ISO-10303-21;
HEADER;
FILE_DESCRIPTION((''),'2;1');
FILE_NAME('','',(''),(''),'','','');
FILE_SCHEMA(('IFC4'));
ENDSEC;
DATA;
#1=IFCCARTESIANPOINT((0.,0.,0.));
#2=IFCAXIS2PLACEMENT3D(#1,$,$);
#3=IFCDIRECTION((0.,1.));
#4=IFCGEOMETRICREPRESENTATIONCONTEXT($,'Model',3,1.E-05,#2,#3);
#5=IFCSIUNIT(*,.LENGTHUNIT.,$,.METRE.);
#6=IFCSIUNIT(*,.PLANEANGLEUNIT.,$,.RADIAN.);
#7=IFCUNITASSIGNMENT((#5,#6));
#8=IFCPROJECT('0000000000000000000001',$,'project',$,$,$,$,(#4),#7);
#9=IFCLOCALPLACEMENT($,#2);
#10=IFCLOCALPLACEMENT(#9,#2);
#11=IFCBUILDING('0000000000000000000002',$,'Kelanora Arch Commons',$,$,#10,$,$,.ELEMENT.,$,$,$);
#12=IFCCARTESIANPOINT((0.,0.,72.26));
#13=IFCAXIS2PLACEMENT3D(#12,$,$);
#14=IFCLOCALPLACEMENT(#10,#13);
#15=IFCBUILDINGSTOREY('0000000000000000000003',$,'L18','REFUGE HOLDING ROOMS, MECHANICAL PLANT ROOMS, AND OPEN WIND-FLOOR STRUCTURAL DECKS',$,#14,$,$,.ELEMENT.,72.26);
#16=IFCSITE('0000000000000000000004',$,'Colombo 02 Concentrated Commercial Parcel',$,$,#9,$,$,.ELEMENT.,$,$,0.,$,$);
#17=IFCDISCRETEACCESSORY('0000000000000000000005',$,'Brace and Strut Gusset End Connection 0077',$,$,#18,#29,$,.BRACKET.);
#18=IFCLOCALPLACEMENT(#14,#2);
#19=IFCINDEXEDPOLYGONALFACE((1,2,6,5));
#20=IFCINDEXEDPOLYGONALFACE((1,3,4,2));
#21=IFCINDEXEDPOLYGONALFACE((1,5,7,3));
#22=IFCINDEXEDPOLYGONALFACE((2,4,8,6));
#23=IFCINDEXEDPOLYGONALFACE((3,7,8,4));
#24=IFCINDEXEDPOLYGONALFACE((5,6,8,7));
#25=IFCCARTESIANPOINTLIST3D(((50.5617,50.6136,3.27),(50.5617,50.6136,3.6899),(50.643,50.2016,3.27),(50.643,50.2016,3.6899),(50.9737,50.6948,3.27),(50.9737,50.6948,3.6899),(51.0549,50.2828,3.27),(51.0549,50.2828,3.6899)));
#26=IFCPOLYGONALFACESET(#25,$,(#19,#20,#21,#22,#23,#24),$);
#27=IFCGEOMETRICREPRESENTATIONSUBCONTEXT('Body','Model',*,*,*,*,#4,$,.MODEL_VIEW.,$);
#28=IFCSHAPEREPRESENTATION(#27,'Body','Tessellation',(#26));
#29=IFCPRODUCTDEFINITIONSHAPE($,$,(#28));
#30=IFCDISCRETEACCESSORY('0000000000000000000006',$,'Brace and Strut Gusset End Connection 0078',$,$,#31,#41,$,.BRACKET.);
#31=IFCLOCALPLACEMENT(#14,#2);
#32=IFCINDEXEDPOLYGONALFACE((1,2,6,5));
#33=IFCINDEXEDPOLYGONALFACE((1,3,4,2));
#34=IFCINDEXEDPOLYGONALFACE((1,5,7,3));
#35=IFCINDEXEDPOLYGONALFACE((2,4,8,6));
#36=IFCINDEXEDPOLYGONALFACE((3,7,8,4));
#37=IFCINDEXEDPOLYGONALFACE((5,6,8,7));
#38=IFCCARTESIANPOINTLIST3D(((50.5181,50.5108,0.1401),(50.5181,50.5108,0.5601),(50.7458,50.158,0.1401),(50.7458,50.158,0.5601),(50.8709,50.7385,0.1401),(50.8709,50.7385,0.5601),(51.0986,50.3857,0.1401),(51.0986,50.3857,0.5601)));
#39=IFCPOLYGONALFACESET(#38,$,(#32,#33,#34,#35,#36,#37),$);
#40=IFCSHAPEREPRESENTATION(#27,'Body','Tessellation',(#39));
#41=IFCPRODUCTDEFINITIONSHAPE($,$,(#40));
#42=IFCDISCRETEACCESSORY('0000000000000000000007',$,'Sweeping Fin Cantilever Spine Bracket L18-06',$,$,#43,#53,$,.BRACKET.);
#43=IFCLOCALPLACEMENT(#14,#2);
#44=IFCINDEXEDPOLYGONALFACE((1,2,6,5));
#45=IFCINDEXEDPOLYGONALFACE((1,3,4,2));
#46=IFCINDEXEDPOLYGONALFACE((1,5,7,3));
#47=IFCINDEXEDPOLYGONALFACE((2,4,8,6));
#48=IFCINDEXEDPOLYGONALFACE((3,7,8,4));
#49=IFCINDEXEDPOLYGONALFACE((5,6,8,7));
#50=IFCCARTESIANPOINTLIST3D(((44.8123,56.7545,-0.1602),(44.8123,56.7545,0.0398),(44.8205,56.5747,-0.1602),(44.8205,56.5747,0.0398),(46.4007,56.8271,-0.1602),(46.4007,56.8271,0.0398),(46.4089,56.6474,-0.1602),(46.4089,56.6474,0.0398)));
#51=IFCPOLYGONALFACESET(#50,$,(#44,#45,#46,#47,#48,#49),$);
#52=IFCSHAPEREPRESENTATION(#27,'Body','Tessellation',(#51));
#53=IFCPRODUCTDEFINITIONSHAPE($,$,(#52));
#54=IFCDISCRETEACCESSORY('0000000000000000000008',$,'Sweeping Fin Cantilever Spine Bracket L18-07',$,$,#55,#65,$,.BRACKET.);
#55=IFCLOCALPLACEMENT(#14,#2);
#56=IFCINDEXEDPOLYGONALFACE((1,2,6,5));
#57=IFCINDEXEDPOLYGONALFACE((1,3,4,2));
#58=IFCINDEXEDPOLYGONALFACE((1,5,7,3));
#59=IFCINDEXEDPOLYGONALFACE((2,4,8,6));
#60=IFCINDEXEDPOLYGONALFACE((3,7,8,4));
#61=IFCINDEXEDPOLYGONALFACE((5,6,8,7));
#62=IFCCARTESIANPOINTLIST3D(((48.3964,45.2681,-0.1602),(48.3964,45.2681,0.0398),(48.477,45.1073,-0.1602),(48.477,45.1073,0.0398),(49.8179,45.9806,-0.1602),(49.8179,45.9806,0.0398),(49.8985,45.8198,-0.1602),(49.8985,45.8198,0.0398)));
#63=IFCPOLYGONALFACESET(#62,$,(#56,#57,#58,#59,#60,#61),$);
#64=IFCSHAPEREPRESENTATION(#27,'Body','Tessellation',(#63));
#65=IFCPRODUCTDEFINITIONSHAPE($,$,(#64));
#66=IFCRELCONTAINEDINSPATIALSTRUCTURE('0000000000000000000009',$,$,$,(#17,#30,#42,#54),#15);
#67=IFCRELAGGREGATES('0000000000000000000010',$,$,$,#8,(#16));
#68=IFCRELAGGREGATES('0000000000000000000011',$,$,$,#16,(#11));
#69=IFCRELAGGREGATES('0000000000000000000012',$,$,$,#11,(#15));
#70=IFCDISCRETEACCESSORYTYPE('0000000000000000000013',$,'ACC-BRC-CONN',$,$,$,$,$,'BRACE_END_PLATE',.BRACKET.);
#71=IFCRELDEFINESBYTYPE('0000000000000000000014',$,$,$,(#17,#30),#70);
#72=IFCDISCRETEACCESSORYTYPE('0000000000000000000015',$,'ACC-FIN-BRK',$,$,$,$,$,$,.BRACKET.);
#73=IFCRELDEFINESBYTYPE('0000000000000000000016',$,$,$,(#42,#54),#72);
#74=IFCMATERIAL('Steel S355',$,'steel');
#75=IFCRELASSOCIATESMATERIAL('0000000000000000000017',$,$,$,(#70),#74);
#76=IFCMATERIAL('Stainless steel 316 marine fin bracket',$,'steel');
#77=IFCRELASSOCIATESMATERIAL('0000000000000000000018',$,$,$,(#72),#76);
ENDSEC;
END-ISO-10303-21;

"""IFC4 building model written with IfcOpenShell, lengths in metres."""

from ifc_helpers import new_model, si_unit, direction, frame, origin, origin_2d, place, context, subcontext, project, spatial, rectangle, extrude, source, transform, mapped, material, type_object, element, save


model = new_model("IFC4")

# Units and contexts
model_context = context("Model", 3, precision=1e-05, world=origin(), true_north=direction((0.0, 1.0)))
body_context = subcontext(model_context, "Body", "Model", "MODEL_VIEW")
ifc_project = project(units=[si_unit("LENGTHUNIT", "METRE"), si_unit("PLANEANGLEUNIT", "RADIAN")], contexts=[model_context])

# Site, building, storey
site_placement = place(None, origin())
site = spatial("IfcSite", under=ifc_project, at=site_placement, Name="Colombo 02 Concentrated Commercial Parcel", CompositionType="ELEMENT", RefElevation=0.0)
building_placement = place(site_placement, origin())
building = spatial("IfcBuilding", under=site, at=building_placement, Name="Kelanora Arch Commons", CompositionType="ELEMENT")
storey_placement = place(building_placement, frame((0.0, 0.0, 72.26)))
storey = spatial("IfcBuildingStorey", under=building, at=storey_placement, Name="L18", Description="REFUGE HOLDING ROOMS, MECHANICAL PLANT ROOMS, AND OPEN WIND-FLOOR STRUCTURAL DECKS", CompositionType="ELEMENT", Elevation=72.26)

# Shared definitions
ifc_material_1 = material(Name="Steel S355", Category="steel")

# Discrete accessories
discrete_accessory_type_1 = type_object("IfcDiscreteAccessoryType", Name="ACC-BRC-CONN", ElementType="BRACE_END_PLATE", PredefinedType="BRACKET", material=ifc_material_1)
shared_shape_1 = source(origin(), body_context, "Body", "SweptSolid", [
    extrude(rectangle(XDim=0.4199, YDim=0.4199, at=origin_2d()), origin(), (0.0, 0.0, 1.0), 0.4199),
])
for number, where, z_axis, x_axis, name in (
    (1, (50.8083, 50.4482, 3.27), (0.0, 0.0, 1.0), (0.193378, -0.981124, 0.0), "Brace and Strut Gusset End Connection 0077"),
    (2, (50.8083, 50.4482, 0.1401), (0.0, 0.0, 1.0), (0.542295, -0.840188, 0.0), "Brace and Strut Gusset End Connection 0078"),
):
    element("IfcDiscreteAccessory", number, at=place(storey_placement, frame(where, z_axis=z_axis, x_axis=x_axis)), inside=storey, type_object=discrete_accessory_type_1, Name=name, PredefinedType="BRACKET", context=body_context, shape_type="MappedRepresentation", body=[
        mapped(shared_shape_1, transform((0.0, 0.0, 0.0), scale=1.0)),
    ])
ifc_material_2 = material(Name="Stainless steel 316 marine fin bracket", Category="steel")
discrete_accessory_type_2 = type_object("IfcDiscreteAccessoryType", Name="ACC-FIN-BRK", PredefinedType="BRACKET", material=ifc_material_2)
shared_shape_2 = source(origin(), body_context, "Body", "SweptSolid", [
    extrude(rectangle(XDim=1.5901, YDim=0.1799, at=origin_2d()), origin(), (0.0, 0.0, 1.0), 0.2),
])
for number, where, z_axis, x_axis, name in (
    (3, (45.6106, 56.7009, -0.1602), (0.0, 0.0, 1.0), (-0.998955, -0.045712, 0.0), "Sweeping Fin Cantilever Spine Bracket L18-06"),
    (4, (49.1475, 45.5439, -0.1602), (0.0, 0.0, 1.0), (-0.893998, -0.448071, 0.0), "Sweeping Fin Cantilever Spine Bracket L18-07"),
):
    element("IfcDiscreteAccessory", number, at=place(storey_placement, frame(where, z_axis=z_axis, x_axis=x_axis)), inside=storey, type_object=discrete_accessory_type_2, Name=name, PredefinedType="BRACKET", context=body_context, shape_type="MappedRepresentation", body=[
        mapped(shared_shape_2, transform((0.0, 0.0, 0.0), scale=1.0)),
    ])

save(model, "model.ifc")
